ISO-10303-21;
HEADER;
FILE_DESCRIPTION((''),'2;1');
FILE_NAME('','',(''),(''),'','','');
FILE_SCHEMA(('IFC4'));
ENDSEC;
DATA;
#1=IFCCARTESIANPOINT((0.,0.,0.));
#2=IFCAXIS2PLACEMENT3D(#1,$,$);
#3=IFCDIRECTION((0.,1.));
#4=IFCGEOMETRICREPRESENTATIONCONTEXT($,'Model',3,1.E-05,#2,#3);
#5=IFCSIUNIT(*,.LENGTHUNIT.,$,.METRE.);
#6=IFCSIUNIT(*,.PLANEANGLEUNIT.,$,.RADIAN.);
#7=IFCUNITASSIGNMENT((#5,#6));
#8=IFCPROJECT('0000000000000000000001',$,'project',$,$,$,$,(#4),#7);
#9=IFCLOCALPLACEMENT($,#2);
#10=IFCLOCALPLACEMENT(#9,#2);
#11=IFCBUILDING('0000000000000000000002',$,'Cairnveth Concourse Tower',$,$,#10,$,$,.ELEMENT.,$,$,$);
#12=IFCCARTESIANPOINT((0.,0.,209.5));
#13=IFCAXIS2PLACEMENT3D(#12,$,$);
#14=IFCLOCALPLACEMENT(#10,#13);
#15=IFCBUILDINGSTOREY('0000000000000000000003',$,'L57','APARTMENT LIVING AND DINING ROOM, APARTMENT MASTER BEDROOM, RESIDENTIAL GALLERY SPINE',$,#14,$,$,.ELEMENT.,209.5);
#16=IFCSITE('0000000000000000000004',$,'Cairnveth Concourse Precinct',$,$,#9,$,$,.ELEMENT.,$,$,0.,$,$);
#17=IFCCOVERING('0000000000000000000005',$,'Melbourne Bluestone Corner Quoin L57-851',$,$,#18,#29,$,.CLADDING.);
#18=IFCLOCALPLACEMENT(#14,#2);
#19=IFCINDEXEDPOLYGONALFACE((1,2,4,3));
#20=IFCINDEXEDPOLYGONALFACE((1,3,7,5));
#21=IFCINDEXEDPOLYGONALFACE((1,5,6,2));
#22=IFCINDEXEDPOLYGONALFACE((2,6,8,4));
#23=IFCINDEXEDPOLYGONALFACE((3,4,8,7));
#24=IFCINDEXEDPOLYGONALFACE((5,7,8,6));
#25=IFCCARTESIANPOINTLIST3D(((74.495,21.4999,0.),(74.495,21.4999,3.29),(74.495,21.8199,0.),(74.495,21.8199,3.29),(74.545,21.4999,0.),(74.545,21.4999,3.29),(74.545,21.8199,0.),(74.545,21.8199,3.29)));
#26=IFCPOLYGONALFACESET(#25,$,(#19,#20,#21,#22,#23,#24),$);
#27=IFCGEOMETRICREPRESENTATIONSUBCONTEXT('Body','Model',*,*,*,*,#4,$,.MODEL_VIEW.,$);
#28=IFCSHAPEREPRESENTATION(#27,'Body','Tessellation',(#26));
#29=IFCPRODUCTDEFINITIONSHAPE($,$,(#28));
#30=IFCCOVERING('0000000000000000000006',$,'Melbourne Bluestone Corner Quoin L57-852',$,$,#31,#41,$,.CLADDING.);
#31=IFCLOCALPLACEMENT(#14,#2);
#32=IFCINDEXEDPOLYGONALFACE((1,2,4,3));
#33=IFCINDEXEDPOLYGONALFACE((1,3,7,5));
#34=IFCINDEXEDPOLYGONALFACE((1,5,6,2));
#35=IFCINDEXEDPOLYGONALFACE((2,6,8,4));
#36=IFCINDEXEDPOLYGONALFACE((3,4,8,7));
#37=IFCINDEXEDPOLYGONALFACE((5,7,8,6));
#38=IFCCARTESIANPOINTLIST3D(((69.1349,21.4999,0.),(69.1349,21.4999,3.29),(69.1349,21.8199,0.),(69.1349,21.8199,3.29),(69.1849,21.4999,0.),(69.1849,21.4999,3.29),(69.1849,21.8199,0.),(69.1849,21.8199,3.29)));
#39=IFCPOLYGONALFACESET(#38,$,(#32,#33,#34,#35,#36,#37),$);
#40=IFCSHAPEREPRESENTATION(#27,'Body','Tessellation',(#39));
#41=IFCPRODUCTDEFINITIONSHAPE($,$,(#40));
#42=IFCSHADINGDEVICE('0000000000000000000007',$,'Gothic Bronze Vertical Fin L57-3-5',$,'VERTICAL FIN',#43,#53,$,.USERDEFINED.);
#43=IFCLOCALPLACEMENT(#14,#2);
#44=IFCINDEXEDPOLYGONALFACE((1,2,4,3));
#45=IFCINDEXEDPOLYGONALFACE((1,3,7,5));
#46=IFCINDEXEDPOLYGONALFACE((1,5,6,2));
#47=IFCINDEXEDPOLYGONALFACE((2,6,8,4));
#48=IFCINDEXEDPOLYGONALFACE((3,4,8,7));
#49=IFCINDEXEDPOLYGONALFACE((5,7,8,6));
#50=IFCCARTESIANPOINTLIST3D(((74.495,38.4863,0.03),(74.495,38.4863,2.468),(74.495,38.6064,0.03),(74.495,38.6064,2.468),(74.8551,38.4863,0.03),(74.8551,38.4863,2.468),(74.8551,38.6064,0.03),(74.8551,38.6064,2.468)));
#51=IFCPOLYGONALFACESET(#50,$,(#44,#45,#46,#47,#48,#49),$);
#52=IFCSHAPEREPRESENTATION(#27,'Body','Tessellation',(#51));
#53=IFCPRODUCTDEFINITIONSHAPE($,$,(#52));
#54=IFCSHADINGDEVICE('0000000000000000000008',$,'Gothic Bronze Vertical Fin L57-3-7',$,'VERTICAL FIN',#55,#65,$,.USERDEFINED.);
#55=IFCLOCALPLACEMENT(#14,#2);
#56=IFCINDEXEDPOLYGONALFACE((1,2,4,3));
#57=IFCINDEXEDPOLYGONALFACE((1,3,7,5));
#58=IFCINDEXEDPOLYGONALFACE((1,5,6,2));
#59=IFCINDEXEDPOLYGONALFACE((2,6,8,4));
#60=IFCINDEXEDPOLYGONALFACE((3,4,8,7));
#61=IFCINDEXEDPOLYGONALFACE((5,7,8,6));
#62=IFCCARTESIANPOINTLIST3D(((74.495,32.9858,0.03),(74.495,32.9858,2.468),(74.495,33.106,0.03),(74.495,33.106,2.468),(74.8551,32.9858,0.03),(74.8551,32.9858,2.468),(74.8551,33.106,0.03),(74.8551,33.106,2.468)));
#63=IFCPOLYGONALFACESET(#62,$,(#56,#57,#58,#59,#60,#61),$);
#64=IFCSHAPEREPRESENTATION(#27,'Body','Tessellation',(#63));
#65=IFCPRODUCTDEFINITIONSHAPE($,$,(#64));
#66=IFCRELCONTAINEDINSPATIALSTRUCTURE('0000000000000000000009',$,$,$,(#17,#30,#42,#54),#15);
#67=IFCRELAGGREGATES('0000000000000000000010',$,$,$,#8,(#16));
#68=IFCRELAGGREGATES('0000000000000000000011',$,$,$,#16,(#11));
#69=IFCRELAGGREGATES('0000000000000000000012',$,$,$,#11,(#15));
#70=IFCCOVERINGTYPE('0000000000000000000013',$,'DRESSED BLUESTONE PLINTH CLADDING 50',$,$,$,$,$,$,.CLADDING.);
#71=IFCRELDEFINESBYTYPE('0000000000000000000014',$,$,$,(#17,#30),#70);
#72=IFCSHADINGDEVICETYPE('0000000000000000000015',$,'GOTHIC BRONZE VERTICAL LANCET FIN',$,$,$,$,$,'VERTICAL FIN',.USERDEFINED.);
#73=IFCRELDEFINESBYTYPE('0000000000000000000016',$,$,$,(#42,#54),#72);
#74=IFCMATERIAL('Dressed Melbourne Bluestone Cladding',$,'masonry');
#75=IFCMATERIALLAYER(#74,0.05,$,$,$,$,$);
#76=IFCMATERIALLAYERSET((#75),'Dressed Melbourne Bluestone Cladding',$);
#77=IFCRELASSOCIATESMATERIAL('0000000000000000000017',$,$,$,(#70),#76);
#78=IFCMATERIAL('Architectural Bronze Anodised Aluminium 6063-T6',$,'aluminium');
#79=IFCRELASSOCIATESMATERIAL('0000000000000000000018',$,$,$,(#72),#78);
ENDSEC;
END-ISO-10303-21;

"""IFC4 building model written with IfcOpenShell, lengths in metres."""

from ifc_helpers import new_model, si_unit, direction, frame, frame_2d, origin, origin_2d, place, context, subcontext, project, spatial, rectangle, extrude, material, layer, layer_set, type_object, element, save


model = new_model("IFC4")

# Units and contexts
model_context = context("Model", 3, precision=1e-05, world=origin(), true_north=direction((0.0, 1.0)))
body_context = subcontext(model_context, "Body", "Model", "MODEL_VIEW")
ifc_project = project(units=[si_unit("LENGTHUNIT", "METRE"), si_unit("PLANEANGLEUNIT", "RADIAN")], contexts=[model_context])

# Site, building, storey
site_placement = place(None, origin())
site = spatial("IfcSite", under=ifc_project, at=site_placement, Name="Cairnveth Concourse Precinct", CompositionType="ELEMENT", RefElevation=0.0)
building_placement = place(site_placement, origin())
building = spatial("IfcBuilding", under=site, at=building_placement, Name="Cairnveth Concourse Tower", CompositionType="ELEMENT")
storey_placement = place(building_placement, frame((0.0, 0.0, 209.5)))
storey = spatial("IfcBuildingStorey", under=building, at=storey_placement, Name="L57", Description="APARTMENT LIVING AND DINING ROOM, APARTMENT MASTER BEDROOM, RESIDENTIAL GALLERY SPINE", CompositionType="ELEMENT", Elevation=209.5)

# Coverings
ifc_material_1 = material(Name="Dressed Melbourne Bluestone Cladding", Category="masonry")
ifc_layer_1 = layer(ifc_material_1, 0.05)
ifc_layer_set_1 = layer_set([ifc_layer_1], Name="Dressed Melbourne Bluestone Cladding")
covering_type = type_object("IfcCoveringType", Name="DRESSED BLUESTONE PLINTH CLADDING 50", PredefinedType="CLADDING", material=ifc_layer_set_1)
for number, where, z_axis, x_axis, name in (
    (1, (74.52, 21.8201, 0.0), (0.0, 0.0, 1.0), (0.0, -1.0, 0.0), "Melbourne Bluestone Corner Quoin L57-851"),
    (2, (69.1599, 21.8201, 0.0), (0.0, 0.0, 1.0), (0.0, -1.0, 0.0), "Melbourne Bluestone Corner Quoin L57-852"),
):
    element("IfcCovering", number, at=place(storey_placement, frame(where, z_axis=z_axis, x_axis=x_axis)), inside=storey, type_object=covering_type, Name=name, PredefinedType="CLADDING", context=body_context, shape_type="SweptSolid", body=[
        extrude(rectangle(XDim=0.3201, YDim=0.05, at=frame_2d((0.1602, 0.0))), origin(), (0.0, 0.0, 1.0), 3.29),
    ])

# Shading devices
ifc_material_2 = material(Name="Architectural Bronze Anodised Aluminium 6063-T6", Category="aluminium")
shading_device_type = type_object("IfcShadingDeviceType", Name="GOTHIC BRONZE VERTICAL LANCET FIN", ElementType="VERTICAL FIN", PredefinedType="USERDEFINED", material=ifc_material_2)
for number, where, z_axis, x_axis, name in (
    (3, (74.675, 38.5464, 0.03), (0.0, 0.0, 1.0), (0.0, 1.0, 0.0), "Gothic Bronze Vertical Fin L57-3-5"),
    (4, (74.675, 33.0459, 0.03), (0.0, 0.0, 1.0), (0.0, 1.0, 0.0), "Gothic Bronze Vertical Fin L57-3-7"),
):
    element("IfcShadingDevice", number, at=place(storey_placement, frame(where, z_axis=z_axis, x_axis=x_axis)), inside=storey, type_object=shading_device_type, Name=name, ObjectType="VERTICAL FIN", PredefinedType="USERDEFINED", context=body_context, shape_type="SweptSolid", body=[
        extrude(rectangle(XDim=0.1201, YDim=0.3601, at=origin_2d()), origin(), (0.0, 0.0, 1.0), 2.438),
    ])

save(model, "model.ifc")
